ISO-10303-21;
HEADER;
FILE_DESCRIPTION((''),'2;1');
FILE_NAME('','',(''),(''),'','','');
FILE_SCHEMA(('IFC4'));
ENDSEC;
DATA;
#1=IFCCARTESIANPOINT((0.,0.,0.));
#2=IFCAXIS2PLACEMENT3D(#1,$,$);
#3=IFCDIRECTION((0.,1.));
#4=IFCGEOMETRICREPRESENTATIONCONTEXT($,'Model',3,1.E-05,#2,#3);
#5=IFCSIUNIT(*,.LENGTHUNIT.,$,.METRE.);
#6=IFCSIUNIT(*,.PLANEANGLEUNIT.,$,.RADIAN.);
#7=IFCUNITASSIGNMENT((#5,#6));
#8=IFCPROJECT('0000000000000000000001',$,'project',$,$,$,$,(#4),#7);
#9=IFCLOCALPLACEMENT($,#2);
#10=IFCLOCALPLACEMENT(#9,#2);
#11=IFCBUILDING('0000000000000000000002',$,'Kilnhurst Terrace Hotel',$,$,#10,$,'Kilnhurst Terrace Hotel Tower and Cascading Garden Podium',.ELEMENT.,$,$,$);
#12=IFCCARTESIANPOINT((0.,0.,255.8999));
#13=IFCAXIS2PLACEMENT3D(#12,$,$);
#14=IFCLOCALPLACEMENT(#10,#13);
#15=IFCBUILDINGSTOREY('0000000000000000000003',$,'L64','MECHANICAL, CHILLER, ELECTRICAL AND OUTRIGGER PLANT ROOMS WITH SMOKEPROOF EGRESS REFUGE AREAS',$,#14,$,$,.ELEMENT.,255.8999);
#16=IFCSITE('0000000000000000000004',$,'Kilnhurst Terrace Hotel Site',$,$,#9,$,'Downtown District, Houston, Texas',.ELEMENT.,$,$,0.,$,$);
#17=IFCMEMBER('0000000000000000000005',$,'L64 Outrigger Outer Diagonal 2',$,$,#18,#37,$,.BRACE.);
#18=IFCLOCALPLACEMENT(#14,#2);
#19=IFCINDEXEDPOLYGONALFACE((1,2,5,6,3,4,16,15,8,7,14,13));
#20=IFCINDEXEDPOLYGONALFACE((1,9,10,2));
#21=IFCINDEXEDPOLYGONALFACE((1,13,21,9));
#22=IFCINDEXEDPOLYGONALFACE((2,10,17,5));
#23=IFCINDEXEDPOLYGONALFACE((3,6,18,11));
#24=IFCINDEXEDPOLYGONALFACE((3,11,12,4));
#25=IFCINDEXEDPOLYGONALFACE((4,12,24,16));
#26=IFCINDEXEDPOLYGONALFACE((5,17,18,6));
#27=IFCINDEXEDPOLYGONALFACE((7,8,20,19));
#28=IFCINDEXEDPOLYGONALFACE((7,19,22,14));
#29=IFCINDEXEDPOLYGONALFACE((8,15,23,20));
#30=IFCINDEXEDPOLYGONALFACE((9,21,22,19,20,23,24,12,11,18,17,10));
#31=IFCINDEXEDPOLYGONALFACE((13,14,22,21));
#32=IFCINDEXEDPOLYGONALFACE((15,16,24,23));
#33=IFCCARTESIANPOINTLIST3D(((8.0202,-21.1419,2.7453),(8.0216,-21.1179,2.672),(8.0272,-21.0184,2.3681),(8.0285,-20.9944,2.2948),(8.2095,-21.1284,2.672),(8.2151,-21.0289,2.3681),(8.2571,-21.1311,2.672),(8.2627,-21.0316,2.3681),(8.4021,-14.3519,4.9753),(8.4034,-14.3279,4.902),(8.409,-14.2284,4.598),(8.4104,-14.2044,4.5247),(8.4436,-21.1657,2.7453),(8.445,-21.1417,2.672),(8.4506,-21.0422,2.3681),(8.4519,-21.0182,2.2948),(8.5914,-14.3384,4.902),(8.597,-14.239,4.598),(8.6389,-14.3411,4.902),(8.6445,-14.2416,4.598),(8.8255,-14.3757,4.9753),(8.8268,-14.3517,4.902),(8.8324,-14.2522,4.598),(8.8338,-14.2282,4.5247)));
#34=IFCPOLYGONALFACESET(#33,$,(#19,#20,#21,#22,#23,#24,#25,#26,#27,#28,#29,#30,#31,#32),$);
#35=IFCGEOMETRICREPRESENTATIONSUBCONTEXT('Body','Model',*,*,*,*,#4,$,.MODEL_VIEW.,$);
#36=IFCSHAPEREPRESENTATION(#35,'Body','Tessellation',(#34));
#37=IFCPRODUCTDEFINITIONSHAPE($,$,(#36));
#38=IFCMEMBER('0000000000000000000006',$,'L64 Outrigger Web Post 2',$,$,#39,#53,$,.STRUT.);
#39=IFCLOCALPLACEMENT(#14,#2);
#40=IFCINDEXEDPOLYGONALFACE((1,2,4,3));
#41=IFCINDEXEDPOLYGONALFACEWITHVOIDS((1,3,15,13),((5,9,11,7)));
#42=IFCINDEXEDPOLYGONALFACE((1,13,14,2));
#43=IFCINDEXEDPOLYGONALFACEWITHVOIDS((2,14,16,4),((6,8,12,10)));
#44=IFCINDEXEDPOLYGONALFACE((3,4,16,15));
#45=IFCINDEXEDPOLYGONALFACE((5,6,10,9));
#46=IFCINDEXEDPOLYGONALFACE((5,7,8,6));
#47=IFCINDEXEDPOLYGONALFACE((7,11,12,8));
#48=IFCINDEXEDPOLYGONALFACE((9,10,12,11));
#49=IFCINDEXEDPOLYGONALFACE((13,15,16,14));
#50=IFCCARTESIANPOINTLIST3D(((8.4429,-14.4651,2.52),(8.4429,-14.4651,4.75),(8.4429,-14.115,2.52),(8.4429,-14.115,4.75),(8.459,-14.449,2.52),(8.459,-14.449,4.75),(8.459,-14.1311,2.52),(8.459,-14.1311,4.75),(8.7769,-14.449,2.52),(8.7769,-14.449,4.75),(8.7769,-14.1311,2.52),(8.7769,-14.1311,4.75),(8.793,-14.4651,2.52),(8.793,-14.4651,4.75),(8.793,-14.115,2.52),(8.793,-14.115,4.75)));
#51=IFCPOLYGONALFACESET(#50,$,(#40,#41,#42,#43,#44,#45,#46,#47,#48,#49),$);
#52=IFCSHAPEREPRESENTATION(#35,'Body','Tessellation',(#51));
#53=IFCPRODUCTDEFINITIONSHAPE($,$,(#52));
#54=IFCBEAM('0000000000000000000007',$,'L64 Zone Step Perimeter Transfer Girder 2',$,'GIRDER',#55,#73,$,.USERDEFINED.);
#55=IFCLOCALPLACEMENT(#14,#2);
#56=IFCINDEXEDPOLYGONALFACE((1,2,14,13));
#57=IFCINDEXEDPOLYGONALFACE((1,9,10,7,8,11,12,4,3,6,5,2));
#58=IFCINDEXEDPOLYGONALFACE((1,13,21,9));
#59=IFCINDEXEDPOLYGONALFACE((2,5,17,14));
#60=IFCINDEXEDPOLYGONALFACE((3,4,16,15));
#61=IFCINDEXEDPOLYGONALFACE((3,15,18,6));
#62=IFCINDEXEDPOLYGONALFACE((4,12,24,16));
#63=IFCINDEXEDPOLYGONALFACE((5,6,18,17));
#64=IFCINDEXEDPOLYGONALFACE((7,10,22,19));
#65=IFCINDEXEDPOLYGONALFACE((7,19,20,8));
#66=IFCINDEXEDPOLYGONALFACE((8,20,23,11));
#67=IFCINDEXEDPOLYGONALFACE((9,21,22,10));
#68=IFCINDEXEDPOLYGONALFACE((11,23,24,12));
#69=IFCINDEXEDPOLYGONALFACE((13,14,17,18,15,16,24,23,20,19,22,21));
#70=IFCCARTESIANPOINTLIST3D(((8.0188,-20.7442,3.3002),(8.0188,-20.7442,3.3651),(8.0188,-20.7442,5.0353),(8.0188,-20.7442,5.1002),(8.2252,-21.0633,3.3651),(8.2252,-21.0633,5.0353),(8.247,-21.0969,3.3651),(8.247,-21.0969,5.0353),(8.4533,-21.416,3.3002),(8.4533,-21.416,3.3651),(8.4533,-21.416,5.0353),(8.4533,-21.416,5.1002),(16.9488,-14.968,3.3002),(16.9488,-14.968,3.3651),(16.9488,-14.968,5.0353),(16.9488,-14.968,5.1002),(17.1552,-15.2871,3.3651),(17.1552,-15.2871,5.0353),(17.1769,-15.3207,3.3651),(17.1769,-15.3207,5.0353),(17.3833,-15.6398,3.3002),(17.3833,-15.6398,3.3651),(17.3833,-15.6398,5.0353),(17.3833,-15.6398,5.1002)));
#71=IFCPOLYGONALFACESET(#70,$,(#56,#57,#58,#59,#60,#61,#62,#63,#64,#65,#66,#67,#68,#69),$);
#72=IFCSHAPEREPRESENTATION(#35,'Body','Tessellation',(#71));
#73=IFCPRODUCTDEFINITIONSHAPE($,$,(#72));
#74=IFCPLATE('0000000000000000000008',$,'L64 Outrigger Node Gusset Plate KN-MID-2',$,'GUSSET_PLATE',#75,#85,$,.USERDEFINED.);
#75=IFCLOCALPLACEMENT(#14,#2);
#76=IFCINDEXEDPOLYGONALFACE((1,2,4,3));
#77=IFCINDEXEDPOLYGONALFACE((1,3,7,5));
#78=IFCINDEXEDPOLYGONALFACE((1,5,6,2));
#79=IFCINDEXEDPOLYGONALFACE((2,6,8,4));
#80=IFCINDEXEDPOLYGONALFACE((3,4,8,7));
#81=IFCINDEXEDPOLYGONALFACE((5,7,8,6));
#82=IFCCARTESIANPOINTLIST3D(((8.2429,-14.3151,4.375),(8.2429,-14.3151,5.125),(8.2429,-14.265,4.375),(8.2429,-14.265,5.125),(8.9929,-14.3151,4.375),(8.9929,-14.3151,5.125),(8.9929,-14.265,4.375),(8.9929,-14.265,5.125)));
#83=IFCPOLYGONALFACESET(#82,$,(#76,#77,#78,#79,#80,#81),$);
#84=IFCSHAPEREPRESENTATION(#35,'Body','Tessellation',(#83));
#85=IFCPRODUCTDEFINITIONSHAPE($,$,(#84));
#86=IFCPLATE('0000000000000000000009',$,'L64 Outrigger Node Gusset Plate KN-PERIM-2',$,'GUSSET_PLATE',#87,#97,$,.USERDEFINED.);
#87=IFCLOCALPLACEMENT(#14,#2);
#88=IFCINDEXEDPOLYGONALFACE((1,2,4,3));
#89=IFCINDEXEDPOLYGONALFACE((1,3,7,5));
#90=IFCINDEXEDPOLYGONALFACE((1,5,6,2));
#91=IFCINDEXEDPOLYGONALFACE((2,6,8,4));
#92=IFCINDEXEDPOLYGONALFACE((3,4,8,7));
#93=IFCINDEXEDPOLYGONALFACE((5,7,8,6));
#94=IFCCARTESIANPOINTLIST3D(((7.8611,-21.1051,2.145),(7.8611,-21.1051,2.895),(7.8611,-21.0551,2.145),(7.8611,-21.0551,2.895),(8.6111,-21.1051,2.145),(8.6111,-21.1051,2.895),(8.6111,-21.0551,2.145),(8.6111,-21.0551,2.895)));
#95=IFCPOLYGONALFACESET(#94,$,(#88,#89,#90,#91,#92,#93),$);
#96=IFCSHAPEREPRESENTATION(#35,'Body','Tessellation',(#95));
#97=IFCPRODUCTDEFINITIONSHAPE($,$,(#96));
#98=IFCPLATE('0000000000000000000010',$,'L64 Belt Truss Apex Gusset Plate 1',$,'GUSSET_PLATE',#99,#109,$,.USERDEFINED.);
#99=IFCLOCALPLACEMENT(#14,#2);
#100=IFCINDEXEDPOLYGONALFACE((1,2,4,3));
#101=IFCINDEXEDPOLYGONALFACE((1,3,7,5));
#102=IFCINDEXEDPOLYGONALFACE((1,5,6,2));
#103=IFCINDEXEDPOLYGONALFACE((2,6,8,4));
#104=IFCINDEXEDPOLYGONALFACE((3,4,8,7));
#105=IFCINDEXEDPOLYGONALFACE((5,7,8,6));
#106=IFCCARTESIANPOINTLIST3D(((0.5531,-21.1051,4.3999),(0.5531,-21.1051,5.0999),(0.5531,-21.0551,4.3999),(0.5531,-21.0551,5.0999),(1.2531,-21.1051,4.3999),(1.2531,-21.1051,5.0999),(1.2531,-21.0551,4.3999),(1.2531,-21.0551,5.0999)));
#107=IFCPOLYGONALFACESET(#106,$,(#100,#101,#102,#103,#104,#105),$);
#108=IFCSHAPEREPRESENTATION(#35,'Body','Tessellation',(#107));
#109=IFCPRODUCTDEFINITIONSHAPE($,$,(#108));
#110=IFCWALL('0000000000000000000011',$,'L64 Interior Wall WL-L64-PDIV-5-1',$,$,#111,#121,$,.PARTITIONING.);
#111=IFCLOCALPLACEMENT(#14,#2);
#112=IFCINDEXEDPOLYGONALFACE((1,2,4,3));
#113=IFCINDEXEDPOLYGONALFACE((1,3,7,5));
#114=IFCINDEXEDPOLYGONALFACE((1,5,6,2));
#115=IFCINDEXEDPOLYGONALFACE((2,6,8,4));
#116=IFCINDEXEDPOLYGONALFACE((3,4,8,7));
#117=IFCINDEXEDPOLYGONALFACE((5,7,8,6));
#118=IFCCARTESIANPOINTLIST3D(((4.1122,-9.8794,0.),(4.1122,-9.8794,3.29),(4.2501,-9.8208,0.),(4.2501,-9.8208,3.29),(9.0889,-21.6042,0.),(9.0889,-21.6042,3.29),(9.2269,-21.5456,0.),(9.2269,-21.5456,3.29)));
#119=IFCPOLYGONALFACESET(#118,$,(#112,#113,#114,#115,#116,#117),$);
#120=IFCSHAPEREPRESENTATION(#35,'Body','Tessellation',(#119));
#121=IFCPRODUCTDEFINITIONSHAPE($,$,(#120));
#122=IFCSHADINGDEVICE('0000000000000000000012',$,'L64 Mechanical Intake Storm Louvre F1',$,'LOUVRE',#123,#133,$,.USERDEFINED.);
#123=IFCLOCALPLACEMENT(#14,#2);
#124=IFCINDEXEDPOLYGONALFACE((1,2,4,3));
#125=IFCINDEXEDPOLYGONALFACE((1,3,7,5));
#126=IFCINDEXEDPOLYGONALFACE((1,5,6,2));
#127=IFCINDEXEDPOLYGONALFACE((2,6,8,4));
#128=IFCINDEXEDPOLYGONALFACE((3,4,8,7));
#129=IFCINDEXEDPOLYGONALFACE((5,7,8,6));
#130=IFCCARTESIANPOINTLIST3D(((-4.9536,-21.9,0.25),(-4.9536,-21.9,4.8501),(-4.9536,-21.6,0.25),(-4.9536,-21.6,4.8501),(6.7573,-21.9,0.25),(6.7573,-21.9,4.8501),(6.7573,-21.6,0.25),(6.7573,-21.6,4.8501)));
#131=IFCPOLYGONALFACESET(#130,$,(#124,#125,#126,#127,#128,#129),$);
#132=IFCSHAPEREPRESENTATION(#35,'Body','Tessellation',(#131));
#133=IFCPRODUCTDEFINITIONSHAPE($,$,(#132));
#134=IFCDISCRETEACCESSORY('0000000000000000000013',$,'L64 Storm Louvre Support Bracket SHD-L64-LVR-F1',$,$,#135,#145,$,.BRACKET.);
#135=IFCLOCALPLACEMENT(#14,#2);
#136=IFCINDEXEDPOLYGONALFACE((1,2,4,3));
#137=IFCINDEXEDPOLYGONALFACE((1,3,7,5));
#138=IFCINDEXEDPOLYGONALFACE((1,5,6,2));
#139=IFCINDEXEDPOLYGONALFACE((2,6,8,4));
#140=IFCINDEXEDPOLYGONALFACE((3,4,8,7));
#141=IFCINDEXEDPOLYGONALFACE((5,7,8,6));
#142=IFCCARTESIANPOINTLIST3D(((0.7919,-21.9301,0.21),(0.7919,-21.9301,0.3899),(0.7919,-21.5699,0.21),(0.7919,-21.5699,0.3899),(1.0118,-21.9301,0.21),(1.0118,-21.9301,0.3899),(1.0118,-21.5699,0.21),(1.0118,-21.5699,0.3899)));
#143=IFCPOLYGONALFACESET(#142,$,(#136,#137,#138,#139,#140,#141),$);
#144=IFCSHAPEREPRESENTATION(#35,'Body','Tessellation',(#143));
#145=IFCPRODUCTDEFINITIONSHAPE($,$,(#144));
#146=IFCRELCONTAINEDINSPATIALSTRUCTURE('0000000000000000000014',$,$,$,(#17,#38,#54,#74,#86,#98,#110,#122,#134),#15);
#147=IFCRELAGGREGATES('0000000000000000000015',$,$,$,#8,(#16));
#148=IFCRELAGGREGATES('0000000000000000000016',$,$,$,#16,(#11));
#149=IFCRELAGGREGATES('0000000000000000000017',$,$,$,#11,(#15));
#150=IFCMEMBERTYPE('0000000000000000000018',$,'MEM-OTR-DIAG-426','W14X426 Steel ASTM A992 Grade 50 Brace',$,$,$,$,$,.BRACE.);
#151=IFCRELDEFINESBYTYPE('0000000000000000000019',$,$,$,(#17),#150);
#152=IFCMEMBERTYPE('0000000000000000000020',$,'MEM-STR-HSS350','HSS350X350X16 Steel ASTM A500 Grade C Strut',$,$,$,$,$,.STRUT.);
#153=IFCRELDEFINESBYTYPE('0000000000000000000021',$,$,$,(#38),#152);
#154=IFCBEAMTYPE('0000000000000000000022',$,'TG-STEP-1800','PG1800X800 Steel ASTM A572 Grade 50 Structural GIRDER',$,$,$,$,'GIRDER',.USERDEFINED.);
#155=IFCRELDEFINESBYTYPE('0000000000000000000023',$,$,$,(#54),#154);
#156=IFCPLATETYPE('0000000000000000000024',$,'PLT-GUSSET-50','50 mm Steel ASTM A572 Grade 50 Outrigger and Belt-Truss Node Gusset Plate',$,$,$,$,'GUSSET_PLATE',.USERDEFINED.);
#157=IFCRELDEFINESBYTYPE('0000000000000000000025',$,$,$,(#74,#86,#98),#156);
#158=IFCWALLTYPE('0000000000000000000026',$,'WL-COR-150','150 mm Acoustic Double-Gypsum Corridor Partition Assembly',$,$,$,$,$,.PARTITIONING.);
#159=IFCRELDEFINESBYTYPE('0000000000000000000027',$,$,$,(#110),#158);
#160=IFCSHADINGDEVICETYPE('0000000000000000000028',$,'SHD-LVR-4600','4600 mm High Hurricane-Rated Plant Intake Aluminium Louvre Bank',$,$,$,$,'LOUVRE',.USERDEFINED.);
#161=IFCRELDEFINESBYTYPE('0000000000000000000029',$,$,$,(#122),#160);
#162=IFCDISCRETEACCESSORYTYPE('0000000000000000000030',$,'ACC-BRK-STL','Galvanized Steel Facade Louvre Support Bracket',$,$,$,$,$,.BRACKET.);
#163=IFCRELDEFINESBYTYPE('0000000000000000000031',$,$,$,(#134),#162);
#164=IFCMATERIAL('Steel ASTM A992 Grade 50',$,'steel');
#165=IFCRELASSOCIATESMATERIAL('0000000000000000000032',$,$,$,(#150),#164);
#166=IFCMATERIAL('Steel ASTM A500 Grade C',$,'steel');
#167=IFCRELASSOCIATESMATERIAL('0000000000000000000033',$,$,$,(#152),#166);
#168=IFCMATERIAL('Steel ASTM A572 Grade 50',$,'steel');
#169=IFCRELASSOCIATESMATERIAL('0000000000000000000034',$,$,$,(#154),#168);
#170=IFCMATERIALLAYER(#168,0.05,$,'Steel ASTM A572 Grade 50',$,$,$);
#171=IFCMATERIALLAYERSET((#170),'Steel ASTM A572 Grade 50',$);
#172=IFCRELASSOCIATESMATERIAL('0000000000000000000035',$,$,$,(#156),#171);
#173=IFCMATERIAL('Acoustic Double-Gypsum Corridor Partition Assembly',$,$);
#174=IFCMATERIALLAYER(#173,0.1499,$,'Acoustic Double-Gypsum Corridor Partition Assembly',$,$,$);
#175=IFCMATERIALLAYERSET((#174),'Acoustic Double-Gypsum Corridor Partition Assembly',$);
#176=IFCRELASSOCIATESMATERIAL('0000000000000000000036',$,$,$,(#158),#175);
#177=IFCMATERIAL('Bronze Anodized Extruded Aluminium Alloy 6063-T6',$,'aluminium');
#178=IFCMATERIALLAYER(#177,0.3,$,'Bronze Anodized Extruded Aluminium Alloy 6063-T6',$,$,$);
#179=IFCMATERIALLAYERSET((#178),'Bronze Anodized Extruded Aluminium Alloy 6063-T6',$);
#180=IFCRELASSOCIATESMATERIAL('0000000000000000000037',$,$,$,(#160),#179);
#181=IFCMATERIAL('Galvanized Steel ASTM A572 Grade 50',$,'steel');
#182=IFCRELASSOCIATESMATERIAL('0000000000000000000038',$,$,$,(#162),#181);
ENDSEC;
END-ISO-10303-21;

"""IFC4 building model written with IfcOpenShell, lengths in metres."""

from ifc_helpers import new_model, si_unit, direction, frame, frame_2d, origin, origin_2d, place, context, subcontext, project, spatial, rectangle, hollow_rectangle, i_section, extrude, material, layer, layer_set, material_profile, profile_set, type_object, element, save


model = new_model("IFC4")

# Units and contexts
model_context = context("Model", 3, precision=1e-05, world=origin(), true_north=direction((0.0, 1.0)))
body_context = subcontext(model_context, "Body", "Model", "MODEL_VIEW")
ifc_project = project(units=[si_unit("LENGTHUNIT", "METRE"), si_unit("PLANEANGLEUNIT", "RADIAN")], contexts=[model_context])

# Site, building, storey
site_placement = place(None, origin())
site = spatial("IfcSite", under=ifc_project, at=site_placement, Name="Kilnhurst Terrace Hotel Site", LongName="Downtown District, Houston, Texas", CompositionType="ELEMENT", RefElevation=0.0)
building_placement = place(site_placement, origin())
building = spatial("IfcBuilding", under=site, at=building_placement, Name="Kilnhurst Terrace Hotel", LongName="Kilnhurst Terrace Hotel Tower and Cascading Garden Podium", CompositionType="ELEMENT")
storey_placement = place(building_placement, frame((0.0, 0.0, 255.8999)))
storey = spatial("IfcBuildingStorey", under=building, at=storey_placement, Name="L64", Description="MECHANICAL, CHILLER, ELECTRICAL AND OUTRIGGER PLANT ROOMS WITH SMOKEPROOF EGRESS REFUGE AREAS", CompositionType="ELEMENT", Elevation=255.8999)

# Shared definitions
ifc_material_1 = material(Name="Steel ASTM A992 Grade 50", Category="steel")

# Members
ifc_material_profile_1 = material_profile(ifc_material_1, i_section(OverallWidth=0.4241, OverallDepth=0.4741, WebThickness=0.0476, FlangeThickness=0.0771, at=origin_2d()), Name="W14X426")
ifc_profile_set_1 = profile_set([ifc_material_profile_1], Name="Steel ASTM A992 Grade 50")
member_type_1 = type_object("IfcMemberType", Name="MEM-OTR-DIAG-426", Description="W14X426 Steel ASTM A992 Grade 50 Brace", PredefinedType="BRACE", material=ifc_profile_set_1)
member_1_placement = place(storey_placement, frame((8.6179, -14.29, 4.75), z_axis=(-0.053351, -0.948721, -0.311579), x_axis=(0.998423, -0.056146, 0.0)))
element("IfcMember", 1, at=member_1_placement, inside=storey, type_object=member_type_1, Name="L64 Outrigger Outer Diagonal 2", PredefinedType="BRACE", context=body_context, shape_type="SweptSolid", body=[
    extrude(i_section(OverallWidth=0.4241, OverallDepth=0.4741, WebThickness=0.0476, FlangeThickness=0.0771, at=origin_2d()), origin(), (0.0, 0.0, 1.0), 7.157),
])
ifc_material_2 = material(Name="Steel ASTM A500 Grade C", Category="steel")
ifc_material_profile_2 = material_profile(ifc_material_2, hollow_rectangle(XDim=0.3501, YDim=0.3501, WallThickness=0.0161, at=origin_2d()), Name="HSS350X350X16")
ifc_profile_set_2 = profile_set([ifc_material_profile_2], Name="Steel ASTM A500 Grade C")
member_type_2 = type_object("IfcMemberType", Name="MEM-STR-HSS350", Description="HSS350X350X16 Steel ASTM A500 Grade C Strut", PredefinedType="STRUT", material=ifc_profile_set_2)
member_2_placement = place(storey_placement, frame((8.6179, -14.29, 2.52), z_axis=(0.0, 0.0, 1.0), x_axis=(1.0, 0.0, 0.0)))
element("IfcMember", 2, at=member_2_placement, inside=storey, type_object=member_type_2, Name="L64 Outrigger Web Post 2", PredefinedType="STRUT", context=body_context, shape_type="SweptSolid", body=[
    extrude(hollow_rectangle(XDim=0.3501, YDim=0.3501, WallThickness=0.0161, at=origin_2d()), origin(), (0.0, 0.0, 1.0), 2.23),
])

# Beam
ifc_material_3 = material(Name="Steel ASTM A572 Grade 50", Category="steel")
ifc_material_profile_3 = material_profile(ifc_material_3, i_section(OverallWidth=0.8, OverallDepth=1.8, WebThickness=0.04, FlangeThickness=0.0649, at=origin_2d()), Name="PG1800X800")
ifc_profile_set_3 = profile_set([ifc_material_profile_3], Name="Steel ASTM A572 Grade 50")
beam_type_1 = type_object("IfcBeamType", Name="TG-STEP-1800", Description="PG1800X800 Steel ASTM A572 Grade 50 Structural GIRDER", ElementType="GIRDER", PredefinedType="USERDEFINED", material=ifc_profile_set_3)
beam_1_placement = place(storey_placement, frame((8.2361, -21.0801, 4.2002), z_axis=(0.839659, 0.543114, 0.0), x_axis=(-0.543114, 0.839659, 0.0)))
element("IfcBeam", 3, at=beam_1_placement, inside=storey, type_object=beam_type_1, Name="L64 Zone Step Perimeter Transfer Girder 2", ObjectType="GIRDER", PredefinedType="USERDEFINED", context=body_context, shape_type="SweptSolid", body=[
    extrude(i_section(OverallWidth=0.8, OverallDepth=1.8, WebThickness=0.04, FlangeThickness=0.0649, at=origin_2d()), origin(), (0.0, 0.0, 1.0), 10.6353),
])

# Plates
ifc_layer_1 = layer(ifc_material_3, 0.05, Name="Steel ASTM A572 Grade 50")
ifc_layer_set_1 = layer_set([ifc_layer_1], Name="Steel ASTM A572 Grade 50")
plate_type = type_object("IfcPlateType", Name="PLT-GUSSET-50", Description="50 mm Steel ASTM A572 Grade 50 Outrigger and Belt-Truss Node Gusset Plate", ElementType="GUSSET_PLATE", PredefinedType="USERDEFINED", material=ifc_layer_set_1)
for number, where, z_axis, x_axis, name in (
    (4, (8.6179, -14.29, 4.375), (0.0, 0.0, 1.0), (1.0, 0.0, 0.0), "L64 Outrigger Node Gusset Plate KN-MID-2"),
    (5, (8.2361, -21.0801, 2.145), (0.0, 0.0, 1.0), (1.0, 0.0, 0.0), "L64 Outrigger Node Gusset Plate KN-PERIM-2"),
):
    element("IfcPlate", number, at=place(storey_placement, frame(where, z_axis=z_axis, x_axis=x_axis)), inside=storey, type_object=plate_type, Name=name, ObjectType="GUSSET_PLATE", PredefinedType="USERDEFINED", context=body_context, shape_type="SweptSolid", body=[
        extrude(rectangle(XDim=0.75, YDim=0.05, at=origin_2d()), origin(), (0.0, 0.0, 1.0), 0.75),
    ])
plate_placement = place(storey_placement, frame((0.9031, -21.0801, 4.3999), z_axis=(0.0, 0.0, 1.0), x_axis=(1.0, 0.0, 0.0)))
element("IfcPlate", 6, at=plate_placement, inside=storey, type_object=plate_type, Name="L64 Belt Truss Apex Gusset Plate 1", ObjectType="GUSSET_PLATE", PredefinedType="USERDEFINED", context=body_context, shape_type="SweptSolid", body=[
    extrude(rectangle(XDim=0.7, YDim=0.05, at=origin_2d()), origin(), (0.0, 0.0, 1.0), 0.7),
])

# Wall
ifc_material_4 = material(Name="Acoustic Double-Gypsum Corridor Partition Assembly")
ifc_layer_2 = layer(ifc_material_4, 0.1499, Name="Acoustic Double-Gypsum Corridor Partition Assembly")
ifc_layer_set_2 = layer_set([ifc_layer_2], Name="Acoustic Double-Gypsum Corridor Partition Assembly")
wall_type = type_object("IfcWallType", Name="WL-COR-150", Description="150 mm Acoustic Double-Gypsum Corridor Partition Assembly", PredefinedType="PARTITIONING", material=ifc_layer_set_2)
wall_placement = place(storey_placement, frame((4.1812, -9.8501, 0.0), z_axis=(0.0, 0.0, 1.0), x_axis=(0.390725, -0.920508, 0.0)))
element("IfcWall", 7, at=wall_placement, inside=storey, type_object=wall_type, Name="L64 Interior Wall WL-L64-PDIV-5-1", PredefinedType="PARTITIONING", context=body_context, shape_type="SweptSolid", body=[
    extrude(rectangle(XDim=12.7373, YDim=0.1499, at=frame_2d((6.3687, 0.0))), origin(), (0.0, 0.0, 1.0), 3.29),
])

# Shading device
ifc_material_5 = material(Name="Bronze Anodized Extruded Aluminium Alloy 6063-T6", Category="aluminium")
ifc_layer_3 = layer(ifc_material_5, 0.3, Name="Bronze Anodized Extruded Aluminium Alloy 6063-T6")
ifc_layer_set_3 = layer_set([ifc_layer_3], Name="Bronze Anodized Extruded Aluminium Alloy 6063-T6")
shading_device_type = type_object("IfcShadingDeviceType", Name="SHD-LVR-4600", Description="4600 mm High Hurricane-Rated Plant Intake Aluminium Louvre Bank", ElementType="LOUVRE", PredefinedType="USERDEFINED", material=ifc_layer_set_3)
shading_device_placement = place(storey_placement, frame((0.9019, -21.75, 0.25), z_axis=(0.0, 0.0, 1.0), x_axis=(1.0, 0.0, 0.0)))
element("IfcShadingDevice", 8, at=shading_device_placement, inside=storey, type_object=shading_device_type, Name="L64 Mechanical Intake Storm Louvre F1", ObjectType="LOUVRE", PredefinedType="USERDEFINED", context=body_context, shape_type="SweptSolid", body=[
    extrude(rectangle(XDim=11.7109, YDim=0.3, at=origin_2d()), origin(), (0.0, 0.0, 1.0), 4.6001),
])

# Discrete accessory
ifc_material_6 = material(Name="Galvanized Steel ASTM A572 Grade 50", Category="steel")
discrete_accessory_type = type_object("IfcDiscreteAccessoryType", Name="ACC-BRK-STL", Description="Galvanized Steel Facade Louvre Support Bracket", PredefinedType="BRACKET", material=ifc_material_6)
discrete_accessory_placement = place(storey_placement, frame((0.9019, -21.75, 0.21), z_axis=(0.0, 0.0, 1.0), x_axis=(1.0, 0.0, 0.0)))
element("IfcDiscreteAccessory", 9, at=discrete_accessory_placement, inside=storey, type_object=discrete_accessory_type, Name="L64 Storm Louvre Support Bracket SHD-L64-LVR-F1", PredefinedType="BRACKET", context=body_context, shape_type="SweptSolid", body=[
    extrude(rectangle(XDim=0.22, YDim=0.3601, at=origin_2d()), origin(), (0.0, 0.0, 1.0), 0.1799),
])

save(model, "model.ifc")
